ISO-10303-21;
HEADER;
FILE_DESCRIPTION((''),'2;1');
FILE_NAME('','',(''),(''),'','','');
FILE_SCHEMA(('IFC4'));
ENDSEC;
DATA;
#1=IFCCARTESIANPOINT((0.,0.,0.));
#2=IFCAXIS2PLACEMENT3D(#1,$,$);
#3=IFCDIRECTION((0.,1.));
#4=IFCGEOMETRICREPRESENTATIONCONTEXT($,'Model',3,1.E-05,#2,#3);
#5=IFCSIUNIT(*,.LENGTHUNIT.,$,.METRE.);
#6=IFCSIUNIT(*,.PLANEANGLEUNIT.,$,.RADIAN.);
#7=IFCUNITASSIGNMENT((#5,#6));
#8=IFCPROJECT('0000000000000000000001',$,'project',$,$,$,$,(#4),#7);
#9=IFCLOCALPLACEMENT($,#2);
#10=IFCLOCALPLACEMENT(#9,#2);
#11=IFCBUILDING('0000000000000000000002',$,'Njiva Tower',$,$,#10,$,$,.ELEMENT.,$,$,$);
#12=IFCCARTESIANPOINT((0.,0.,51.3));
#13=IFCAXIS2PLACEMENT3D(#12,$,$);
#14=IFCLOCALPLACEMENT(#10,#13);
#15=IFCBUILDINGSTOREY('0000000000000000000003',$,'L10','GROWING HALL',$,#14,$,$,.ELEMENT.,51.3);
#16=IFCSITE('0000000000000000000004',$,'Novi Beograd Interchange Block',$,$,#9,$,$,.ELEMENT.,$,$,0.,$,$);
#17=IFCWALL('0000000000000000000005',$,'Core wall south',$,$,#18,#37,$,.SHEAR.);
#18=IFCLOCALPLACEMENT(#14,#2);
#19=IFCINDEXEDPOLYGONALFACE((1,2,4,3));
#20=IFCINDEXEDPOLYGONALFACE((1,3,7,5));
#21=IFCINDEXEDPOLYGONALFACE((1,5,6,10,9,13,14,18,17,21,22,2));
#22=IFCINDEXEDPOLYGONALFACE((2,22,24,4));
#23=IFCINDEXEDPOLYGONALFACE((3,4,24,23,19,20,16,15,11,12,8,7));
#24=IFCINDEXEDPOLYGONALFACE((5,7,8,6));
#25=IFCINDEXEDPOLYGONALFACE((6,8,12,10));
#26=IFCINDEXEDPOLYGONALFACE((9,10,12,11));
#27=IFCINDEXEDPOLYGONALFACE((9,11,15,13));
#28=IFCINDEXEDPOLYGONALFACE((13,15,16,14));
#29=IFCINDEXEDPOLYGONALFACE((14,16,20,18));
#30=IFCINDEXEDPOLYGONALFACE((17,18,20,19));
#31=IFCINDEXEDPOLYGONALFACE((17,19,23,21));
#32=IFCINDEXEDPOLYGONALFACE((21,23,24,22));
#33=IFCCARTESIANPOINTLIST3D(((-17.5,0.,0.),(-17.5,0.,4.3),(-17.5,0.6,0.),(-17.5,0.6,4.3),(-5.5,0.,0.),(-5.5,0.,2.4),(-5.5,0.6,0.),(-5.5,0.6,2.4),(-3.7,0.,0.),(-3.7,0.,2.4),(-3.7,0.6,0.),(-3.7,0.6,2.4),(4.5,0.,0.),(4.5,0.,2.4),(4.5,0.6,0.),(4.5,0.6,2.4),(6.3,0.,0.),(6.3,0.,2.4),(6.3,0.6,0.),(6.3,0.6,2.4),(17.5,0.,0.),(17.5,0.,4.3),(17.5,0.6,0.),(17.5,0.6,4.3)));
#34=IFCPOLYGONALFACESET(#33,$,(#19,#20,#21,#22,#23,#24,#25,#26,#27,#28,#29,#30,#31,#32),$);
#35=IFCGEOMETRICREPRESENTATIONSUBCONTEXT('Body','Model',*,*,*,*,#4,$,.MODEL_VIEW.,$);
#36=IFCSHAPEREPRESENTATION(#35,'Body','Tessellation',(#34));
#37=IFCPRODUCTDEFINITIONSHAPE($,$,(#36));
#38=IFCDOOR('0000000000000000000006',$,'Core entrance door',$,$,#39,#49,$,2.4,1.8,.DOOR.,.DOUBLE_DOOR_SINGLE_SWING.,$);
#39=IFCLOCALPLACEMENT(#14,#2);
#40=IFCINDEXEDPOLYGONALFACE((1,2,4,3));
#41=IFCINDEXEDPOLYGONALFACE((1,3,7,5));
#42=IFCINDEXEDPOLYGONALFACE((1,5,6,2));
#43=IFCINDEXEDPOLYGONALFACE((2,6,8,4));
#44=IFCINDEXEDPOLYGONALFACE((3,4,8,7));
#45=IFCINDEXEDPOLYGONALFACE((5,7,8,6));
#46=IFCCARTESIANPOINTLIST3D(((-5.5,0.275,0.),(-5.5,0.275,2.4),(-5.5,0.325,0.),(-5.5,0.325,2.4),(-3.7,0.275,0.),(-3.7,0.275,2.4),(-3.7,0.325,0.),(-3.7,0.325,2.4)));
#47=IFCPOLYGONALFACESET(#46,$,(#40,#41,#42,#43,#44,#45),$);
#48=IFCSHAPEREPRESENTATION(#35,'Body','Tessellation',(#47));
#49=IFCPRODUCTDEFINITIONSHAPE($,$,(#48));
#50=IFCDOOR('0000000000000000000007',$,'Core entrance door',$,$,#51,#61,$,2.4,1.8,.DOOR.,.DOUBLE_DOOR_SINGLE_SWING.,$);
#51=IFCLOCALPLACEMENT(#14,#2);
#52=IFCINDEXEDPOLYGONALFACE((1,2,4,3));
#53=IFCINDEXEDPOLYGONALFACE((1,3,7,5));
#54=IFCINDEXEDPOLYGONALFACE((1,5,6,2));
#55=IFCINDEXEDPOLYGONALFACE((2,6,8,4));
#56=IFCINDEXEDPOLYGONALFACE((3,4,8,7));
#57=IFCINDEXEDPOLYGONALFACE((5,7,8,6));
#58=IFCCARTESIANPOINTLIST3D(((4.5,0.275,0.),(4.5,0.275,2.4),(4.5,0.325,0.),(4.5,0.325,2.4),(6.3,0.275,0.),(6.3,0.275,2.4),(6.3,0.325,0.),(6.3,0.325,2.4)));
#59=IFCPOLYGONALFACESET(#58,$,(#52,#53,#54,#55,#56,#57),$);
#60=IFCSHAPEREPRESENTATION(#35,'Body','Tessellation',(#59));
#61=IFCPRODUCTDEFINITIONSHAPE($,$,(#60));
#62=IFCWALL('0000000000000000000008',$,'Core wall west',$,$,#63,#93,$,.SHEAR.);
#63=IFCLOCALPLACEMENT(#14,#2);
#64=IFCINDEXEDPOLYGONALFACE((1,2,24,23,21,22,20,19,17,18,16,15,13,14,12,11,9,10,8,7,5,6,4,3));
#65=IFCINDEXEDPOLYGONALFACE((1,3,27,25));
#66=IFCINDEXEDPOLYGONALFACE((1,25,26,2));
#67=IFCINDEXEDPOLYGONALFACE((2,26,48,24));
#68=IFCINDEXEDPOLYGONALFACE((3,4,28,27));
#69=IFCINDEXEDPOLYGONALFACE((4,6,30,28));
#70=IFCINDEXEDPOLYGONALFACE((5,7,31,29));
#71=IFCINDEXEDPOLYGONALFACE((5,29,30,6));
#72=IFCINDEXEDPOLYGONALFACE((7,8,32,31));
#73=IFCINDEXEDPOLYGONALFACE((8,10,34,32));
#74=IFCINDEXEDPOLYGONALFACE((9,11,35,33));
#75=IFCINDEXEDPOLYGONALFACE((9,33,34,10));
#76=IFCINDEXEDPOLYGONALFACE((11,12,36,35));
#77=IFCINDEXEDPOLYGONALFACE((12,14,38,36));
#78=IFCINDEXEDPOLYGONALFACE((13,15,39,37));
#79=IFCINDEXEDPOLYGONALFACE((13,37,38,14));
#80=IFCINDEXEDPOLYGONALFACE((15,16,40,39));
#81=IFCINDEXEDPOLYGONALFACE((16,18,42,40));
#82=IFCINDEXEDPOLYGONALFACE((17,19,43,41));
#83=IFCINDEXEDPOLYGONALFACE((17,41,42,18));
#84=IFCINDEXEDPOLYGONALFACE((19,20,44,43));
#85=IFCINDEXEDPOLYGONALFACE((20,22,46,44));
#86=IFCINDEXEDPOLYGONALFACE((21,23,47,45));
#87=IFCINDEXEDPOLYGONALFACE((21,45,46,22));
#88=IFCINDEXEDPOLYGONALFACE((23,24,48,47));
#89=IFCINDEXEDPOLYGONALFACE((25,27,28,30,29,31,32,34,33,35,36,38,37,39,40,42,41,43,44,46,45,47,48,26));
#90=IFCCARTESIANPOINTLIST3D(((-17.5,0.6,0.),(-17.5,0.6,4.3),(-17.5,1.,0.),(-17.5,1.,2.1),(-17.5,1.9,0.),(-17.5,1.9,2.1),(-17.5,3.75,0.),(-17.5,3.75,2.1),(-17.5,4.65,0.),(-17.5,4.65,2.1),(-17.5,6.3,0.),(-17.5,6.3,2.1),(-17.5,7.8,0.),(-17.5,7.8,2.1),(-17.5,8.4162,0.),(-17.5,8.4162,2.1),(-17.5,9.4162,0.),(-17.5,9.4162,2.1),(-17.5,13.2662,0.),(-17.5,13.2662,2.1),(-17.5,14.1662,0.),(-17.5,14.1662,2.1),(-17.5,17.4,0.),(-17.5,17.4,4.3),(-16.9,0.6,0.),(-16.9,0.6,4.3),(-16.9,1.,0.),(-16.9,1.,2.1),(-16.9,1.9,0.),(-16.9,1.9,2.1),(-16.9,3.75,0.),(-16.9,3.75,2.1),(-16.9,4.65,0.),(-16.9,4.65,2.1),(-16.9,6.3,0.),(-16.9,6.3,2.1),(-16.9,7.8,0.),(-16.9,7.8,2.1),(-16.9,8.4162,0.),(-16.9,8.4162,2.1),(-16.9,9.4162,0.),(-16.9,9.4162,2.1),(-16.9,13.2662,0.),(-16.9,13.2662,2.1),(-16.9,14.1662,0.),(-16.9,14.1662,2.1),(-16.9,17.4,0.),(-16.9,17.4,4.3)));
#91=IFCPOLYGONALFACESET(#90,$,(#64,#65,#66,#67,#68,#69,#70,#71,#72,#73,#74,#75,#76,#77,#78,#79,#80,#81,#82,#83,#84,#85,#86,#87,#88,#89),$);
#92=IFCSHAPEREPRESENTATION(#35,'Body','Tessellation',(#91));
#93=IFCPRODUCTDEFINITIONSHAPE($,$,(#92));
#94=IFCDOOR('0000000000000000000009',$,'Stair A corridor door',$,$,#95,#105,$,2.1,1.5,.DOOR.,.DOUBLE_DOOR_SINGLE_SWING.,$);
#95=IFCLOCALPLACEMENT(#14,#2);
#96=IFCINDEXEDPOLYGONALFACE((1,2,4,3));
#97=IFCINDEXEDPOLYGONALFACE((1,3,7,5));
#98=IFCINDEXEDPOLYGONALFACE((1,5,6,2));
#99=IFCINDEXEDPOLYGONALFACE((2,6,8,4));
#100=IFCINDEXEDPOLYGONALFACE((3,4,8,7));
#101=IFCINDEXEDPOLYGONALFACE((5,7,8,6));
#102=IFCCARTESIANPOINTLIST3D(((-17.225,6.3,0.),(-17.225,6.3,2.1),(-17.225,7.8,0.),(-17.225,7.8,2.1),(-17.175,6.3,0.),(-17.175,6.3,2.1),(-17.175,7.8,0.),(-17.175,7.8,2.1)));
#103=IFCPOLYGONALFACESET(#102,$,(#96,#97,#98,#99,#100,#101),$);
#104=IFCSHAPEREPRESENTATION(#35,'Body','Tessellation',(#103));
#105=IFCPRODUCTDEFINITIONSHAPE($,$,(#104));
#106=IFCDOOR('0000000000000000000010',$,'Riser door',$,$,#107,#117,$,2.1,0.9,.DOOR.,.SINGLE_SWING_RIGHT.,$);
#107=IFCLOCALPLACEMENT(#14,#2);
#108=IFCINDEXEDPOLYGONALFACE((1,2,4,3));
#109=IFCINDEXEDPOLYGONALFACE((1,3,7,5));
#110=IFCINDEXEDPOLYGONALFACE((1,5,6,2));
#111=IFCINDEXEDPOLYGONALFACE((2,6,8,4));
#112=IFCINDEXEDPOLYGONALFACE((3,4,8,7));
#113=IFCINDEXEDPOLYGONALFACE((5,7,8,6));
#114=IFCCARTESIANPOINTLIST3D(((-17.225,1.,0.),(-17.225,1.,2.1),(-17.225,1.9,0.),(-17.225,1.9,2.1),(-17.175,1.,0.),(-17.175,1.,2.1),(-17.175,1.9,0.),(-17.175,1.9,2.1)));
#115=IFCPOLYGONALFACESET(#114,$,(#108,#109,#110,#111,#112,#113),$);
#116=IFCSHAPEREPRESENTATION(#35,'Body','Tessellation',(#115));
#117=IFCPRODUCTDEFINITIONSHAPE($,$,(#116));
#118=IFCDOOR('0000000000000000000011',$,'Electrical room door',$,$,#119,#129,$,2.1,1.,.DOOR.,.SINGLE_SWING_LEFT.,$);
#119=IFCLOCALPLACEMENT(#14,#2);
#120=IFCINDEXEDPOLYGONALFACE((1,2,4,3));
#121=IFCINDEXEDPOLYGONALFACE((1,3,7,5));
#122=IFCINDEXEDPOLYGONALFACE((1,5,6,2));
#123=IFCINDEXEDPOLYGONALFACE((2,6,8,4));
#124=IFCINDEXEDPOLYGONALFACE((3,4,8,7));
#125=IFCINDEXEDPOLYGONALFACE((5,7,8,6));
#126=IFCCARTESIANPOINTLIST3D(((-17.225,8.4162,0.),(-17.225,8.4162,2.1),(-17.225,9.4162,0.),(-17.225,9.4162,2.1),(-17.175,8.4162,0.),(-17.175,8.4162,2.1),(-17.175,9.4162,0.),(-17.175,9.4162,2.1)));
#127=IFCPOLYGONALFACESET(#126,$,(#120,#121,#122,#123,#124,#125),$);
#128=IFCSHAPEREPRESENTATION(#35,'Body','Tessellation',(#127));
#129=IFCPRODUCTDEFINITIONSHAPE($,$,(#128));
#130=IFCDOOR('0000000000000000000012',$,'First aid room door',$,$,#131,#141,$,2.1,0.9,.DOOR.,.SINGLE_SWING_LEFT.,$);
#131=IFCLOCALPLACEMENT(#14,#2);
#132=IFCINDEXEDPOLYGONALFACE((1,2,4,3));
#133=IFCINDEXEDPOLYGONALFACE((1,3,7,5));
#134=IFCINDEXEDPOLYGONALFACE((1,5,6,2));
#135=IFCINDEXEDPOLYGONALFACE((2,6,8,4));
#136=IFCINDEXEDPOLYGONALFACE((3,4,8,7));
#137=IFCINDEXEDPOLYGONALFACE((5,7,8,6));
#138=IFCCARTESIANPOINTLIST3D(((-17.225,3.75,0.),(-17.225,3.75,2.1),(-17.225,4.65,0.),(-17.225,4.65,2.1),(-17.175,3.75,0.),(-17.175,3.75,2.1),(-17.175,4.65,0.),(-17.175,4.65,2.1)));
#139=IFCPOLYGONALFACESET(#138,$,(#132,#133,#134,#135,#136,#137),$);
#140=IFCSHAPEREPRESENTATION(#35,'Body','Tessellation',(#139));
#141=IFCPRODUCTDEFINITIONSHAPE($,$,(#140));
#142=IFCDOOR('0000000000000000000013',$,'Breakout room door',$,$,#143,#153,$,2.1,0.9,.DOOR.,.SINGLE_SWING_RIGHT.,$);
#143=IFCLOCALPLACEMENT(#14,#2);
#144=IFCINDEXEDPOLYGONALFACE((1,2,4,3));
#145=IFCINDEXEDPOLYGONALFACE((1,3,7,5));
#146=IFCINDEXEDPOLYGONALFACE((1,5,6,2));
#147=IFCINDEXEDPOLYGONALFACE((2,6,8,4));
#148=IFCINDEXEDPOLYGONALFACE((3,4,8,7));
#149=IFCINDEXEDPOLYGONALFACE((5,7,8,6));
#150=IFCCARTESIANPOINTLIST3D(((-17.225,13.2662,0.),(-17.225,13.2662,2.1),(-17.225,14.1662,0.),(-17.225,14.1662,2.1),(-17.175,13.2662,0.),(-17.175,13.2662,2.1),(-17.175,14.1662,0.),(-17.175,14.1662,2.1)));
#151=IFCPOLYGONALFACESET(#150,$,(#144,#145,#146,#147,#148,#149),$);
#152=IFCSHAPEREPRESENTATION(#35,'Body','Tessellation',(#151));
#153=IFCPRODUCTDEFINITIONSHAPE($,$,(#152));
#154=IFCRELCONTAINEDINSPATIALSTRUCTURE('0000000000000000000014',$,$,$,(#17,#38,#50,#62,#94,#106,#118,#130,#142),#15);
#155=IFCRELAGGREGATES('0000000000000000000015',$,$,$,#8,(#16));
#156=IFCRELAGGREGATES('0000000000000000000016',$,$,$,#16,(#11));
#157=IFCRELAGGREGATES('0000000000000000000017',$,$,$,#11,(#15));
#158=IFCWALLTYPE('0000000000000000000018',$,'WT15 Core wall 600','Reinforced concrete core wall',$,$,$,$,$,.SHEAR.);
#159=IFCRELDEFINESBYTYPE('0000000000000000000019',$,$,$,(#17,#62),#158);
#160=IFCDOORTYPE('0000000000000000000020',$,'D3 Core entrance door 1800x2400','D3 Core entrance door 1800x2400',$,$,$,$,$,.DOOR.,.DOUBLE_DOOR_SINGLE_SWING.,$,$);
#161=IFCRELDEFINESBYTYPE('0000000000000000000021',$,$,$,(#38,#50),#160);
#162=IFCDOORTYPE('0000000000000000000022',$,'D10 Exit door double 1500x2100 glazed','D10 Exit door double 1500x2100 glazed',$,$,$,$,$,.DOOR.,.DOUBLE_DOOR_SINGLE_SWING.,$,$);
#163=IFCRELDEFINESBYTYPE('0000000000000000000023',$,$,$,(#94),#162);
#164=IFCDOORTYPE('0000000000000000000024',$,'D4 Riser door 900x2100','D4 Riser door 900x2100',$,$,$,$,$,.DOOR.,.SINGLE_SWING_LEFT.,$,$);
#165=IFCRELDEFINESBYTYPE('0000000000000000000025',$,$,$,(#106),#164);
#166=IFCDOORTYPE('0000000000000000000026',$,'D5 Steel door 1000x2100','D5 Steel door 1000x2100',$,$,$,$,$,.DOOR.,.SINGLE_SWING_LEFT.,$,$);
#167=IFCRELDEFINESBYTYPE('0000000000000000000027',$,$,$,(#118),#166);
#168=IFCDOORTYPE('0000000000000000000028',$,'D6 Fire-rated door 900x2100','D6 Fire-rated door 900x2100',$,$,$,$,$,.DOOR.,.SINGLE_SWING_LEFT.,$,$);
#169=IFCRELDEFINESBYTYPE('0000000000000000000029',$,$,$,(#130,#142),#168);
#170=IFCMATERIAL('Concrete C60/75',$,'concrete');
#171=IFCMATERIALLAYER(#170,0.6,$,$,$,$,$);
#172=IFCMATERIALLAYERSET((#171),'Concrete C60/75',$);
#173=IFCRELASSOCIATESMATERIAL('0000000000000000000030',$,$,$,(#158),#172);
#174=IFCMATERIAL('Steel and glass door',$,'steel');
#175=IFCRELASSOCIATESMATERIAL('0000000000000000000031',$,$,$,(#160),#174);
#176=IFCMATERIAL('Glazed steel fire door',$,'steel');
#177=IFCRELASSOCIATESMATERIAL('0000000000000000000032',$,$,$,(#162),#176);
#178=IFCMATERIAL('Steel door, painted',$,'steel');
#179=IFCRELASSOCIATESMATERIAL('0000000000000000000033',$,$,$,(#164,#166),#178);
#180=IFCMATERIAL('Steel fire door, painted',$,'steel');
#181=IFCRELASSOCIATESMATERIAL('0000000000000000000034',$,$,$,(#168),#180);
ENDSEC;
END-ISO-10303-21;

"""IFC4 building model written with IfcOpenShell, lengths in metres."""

from ifc_helpers import new_model, si_unit, direction, frame, frame_2d, origin, place, context, subcontext, project, spatial, rectangle, extrude, material, layer, layer_set, type_object, element, fill, save


model = new_model("IFC4")

# Units and contexts
model_context = context("Model", 3, precision=1e-05, world=origin(), true_north=direction((0.0, 1.0)))
body_context = subcontext(model_context, "Body", "Model", "MODEL_VIEW")
ifc_project = project(units=[si_unit("LENGTHUNIT", "METRE"), si_unit("PLANEANGLEUNIT", "RADIAN")], contexts=[model_context])

# Site, building, storey
site_placement = place(None, origin())
site = spatial("IfcSite", under=ifc_project, at=site_placement, Name="Novi Beograd Interchange Block", CompositionType="ELEMENT", RefElevation=0.0)
building_placement = place(site_placement, origin())
building = spatial("IfcBuilding", under=site, at=building_placement, Name="Njiva Tower", CompositionType="ELEMENT")
storey_placement = place(building_placement, frame((0.0, 0.0, 51.3)))
storey = spatial("IfcBuildingStorey", under=building, at=storey_placement, Name="L10", Description="GROWING HALL", CompositionType="ELEMENT", Elevation=51.3)

# Walls, openings, doors
ifc_material_1 = material(Name="Concrete C60/75", Category="concrete")
ifc_layer_1 = layer(ifc_material_1, 0.6)
ifc_layer_set_1 = layer_set([ifc_layer_1], Name="Concrete C60/75")
wall_type_1 = type_object("IfcWallType", Name="WT15 Core wall 600", Description="Reinforced concrete core wall", PredefinedType="SHEAR", material=ifc_layer_set_1)
wall_1_placement = place(storey_placement, frame((-17.5, 0.3, 0.0), z_axis=(0.0, 0.0, 1.0), x_axis=(1.0, 0.0, 0.0)))
wall_1 = element("IfcWall", 1, at=wall_1_placement, inside=storey, type_object=wall_type_1, Name="Core wall south", PredefinedType="SHEAR", context=body_context, shape_type="SweptSolid", body=[
    extrude(rectangle(XDim=35.0, YDim=0.6, at=frame_2d((17.5, 0.0))), origin(), (0.0, 0.0, 1.0), 4.3),
])
opening_1_placement = place(wall_1_placement, frame((12.0, 0.0, 0.0)))
opening_1 = element("IfcOpeningElement", 2, at=opening_1_placement, cuts=wall_1, PredefinedType="OPENING", context=body_context, shape_type="SweptSolid", body=[
    extrude(rectangle(XDim=1.8, YDim=2.4, at=frame_2d((0.9, 1.2))), frame((0.0, 0.31, 0.0), z_axis=(0.0, -1.0, 0.0), x_axis=(1.0, 0.0, 0.0)), (0.0, 0.0, 1.0), 0.62),
])
opening_2_placement = place(wall_1_placement, frame((22.0, 0.0, 0.0)))
opening_2 = element("IfcOpeningElement", 3, at=opening_2_placement, cuts=wall_1, PredefinedType="OPENING", context=body_context, shape_type="SweptSolid", body=[
    extrude(rectangle(XDim=1.8, YDim=2.4, at=frame_2d((0.9, 1.2))), frame((0.0, 0.31, 0.0), z_axis=(0.0, -1.0, 0.0), x_axis=(1.0, 0.0, 0.0)), (0.0, 0.0, 1.0), 0.62),
])
ifc_material_2 = material(Name="Steel and glass door", Category="steel")
door_type_1 = type_object("IfcDoorType", Name="D3 Core entrance door 1800x2400", Description="D3 Core entrance door 1800x2400", OperationType="DOUBLE_DOOR_SINGLE_SWING", PredefinedType="DOOR", material=ifc_material_2)
door_1_placement = place(opening_1_placement, origin())
door_1 = element("IfcDoor", 4, at=door_1_placement, inside=storey, type_object=door_type_1, Name="Core entrance door", OperationType="DOUBLE_DOOR_SINGLE_SWING", OverallHeight=2.4, OverallWidth=1.8, PredefinedType="DOOR", context=body_context, shape_type="SweptSolid", body=[
    extrude(rectangle(XDim=1.8, YDim=2.4, at=frame_2d((0.9, 1.2))), frame((0.0, 0.025, 0.0), z_axis=(0.0, -1.0, 0.0), x_axis=(1.0, 0.0, 0.0)), (0.0, 0.0, 1.0), 0.05),
])
fill(opening_1, door_1)
door_2_placement = place(opening_2_placement, origin())
door_2 = element("IfcDoor", 5, at=door_2_placement, inside=storey, type_object=door_type_1, Name="Core entrance door", OperationType="DOUBLE_DOOR_SINGLE_SWING", OverallHeight=2.4, OverallWidth=1.8, PredefinedType="DOOR", context=body_context, shape_type="SweptSolid", body=[
    extrude(rectangle(XDim=1.8, YDim=2.4, at=frame_2d((0.9, 1.2))), frame((0.0, 0.025, 0.0), z_axis=(0.0, -1.0, 0.0), x_axis=(1.0, 0.0, 0.0)), (0.0, 0.0, 1.0), 0.05),
])
fill(opening_2, door_2)
wall_2_placement = place(storey_placement, frame((-17.2, 0.6, 0.0), z_axis=(0.0, 0.0, 1.0), x_axis=(0.0, 1.0, 0.0)))
wall_2 = element("IfcWall", 6, at=wall_2_placement, inside=storey, type_object=wall_type_1, Name="Core wall west", PredefinedType="SHEAR", context=body_context, shape_type="SweptSolid", body=[
    extrude(rectangle(XDim=16.8, YDim=0.6, at=frame_2d((8.4, 0.0))), origin(), (0.0, 0.0, 1.0), 4.3),
])
opening_3_placement = place(wall_2_placement, frame((5.7, 0.0, 0.0)))
opening_3 = element("IfcOpeningElement", 7, at=opening_3_placement, cuts=wall_2, PredefinedType="OPENING", context=body_context, shape_type="SweptSolid", body=[
    extrude(rectangle(XDim=1.5, YDim=2.1, at=frame_2d((0.75, 1.05))), frame((0.0, 0.31, 0.0), z_axis=(0.0, -1.0, 0.0), x_axis=(1.0, 0.0, 0.0)), (0.0, 0.0, 1.0), 0.62),
])
opening_4_placement = place(wall_2_placement, frame((0.4, 0.0, 0.0)))
opening_4 = element("IfcOpeningElement", 8, at=opening_4_placement, cuts=wall_2, PredefinedType="OPENING", context=body_context, shape_type="SweptSolid", body=[
    extrude(rectangle(XDim=0.9, YDim=2.1, at=frame_2d((0.45, 1.05))), frame((0.0, 0.31, 0.0), z_axis=(0.0, -1.0, 0.0), x_axis=(1.0, 0.0, 0.0)), (0.0, 0.0, 1.0), 0.62),
])
opening_5_placement = place(wall_2_placement, frame((3.15, 0.0, 0.0)))
opening_5 = element("IfcOpeningElement", 9, at=opening_5_placement, cuts=wall_2, PredefinedType="OPENING", context=body_context, shape_type="SweptSolid", body=[
    extrude(rectangle(XDim=0.9, YDim=2.1, at=frame_2d((0.45, 1.05))), frame((0.0, 0.31, 0.0), z_axis=(0.0, -1.0, 0.0), x_axis=(1.0, 0.0, 0.0)), (0.0, 0.0, 1.0), 0.62),
])
opening_6_placement = place(wall_2_placement, frame((7.8162, 0.0, 0.0)))
opening_6 = element("IfcOpeningElement", 10, at=opening_6_placement, cuts=wall_2, PredefinedType="OPENING", context=body_context, shape_type="SweptSolid", body=[
    extrude(rectangle(XDim=1.0, YDim=2.1, at=frame_2d((0.5, 1.05))), frame((0.0, 0.31, 0.0), z_axis=(0.0, -1.0, 0.0), x_axis=(1.0, 0.0, 0.0)), (0.0, 0.0, 1.0), 0.62),
])
opening_7_placement = place(wall_2_placement, frame((12.6662, 0.0, 0.0)))
opening_7 = element("IfcOpeningElement", 11, at=opening_7_placement, cuts=wall_2, PredefinedType="OPENING", context=body_context, shape_type="SweptSolid", body=[
    extrude(rectangle(XDim=0.9, YDim=2.1, at=frame_2d((0.45, 1.05))), frame((0.0, 0.31, 0.0), z_axis=(0.0, -1.0, 0.0), x_axis=(1.0, 0.0, 0.0)), (0.0, 0.0, 1.0), 0.62),
])
ifc_material_3 = material(Name="Glazed steel fire door", Category="steel")
door_type_2 = type_object("IfcDoorType", Name="D10 Exit door double 1500x2100 glazed", Description="D10 Exit door double 1500x2100 glazed", OperationType="DOUBLE_DOOR_SINGLE_SWING", PredefinedType="DOOR", material=ifc_material_3)
door_3_placement = place(opening_3_placement, origin())
door_3 = element("IfcDoor", 12, at=door_3_placement, inside=storey, type_object=door_type_2, Name="Stair A corridor door", OperationType="DOUBLE_DOOR_SINGLE_SWING", OverallHeight=2.1, OverallWidth=1.5, PredefinedType="DOOR", context=body_context, shape_type="SweptSolid", body=[
    extrude(rectangle(XDim=1.5, YDim=2.1, at=frame_2d((0.75, 1.05))), frame((0.0, 0.025, 0.0), z_axis=(0.0, -1.0, 0.0), x_axis=(1.0, 0.0, 0.0)), (0.0, 0.0, 1.0), 0.05),
])
fill(opening_3, door_3)
ifc_material_4 = material(Name="Steel door, painted", Category="steel")
door_type_3 = type_object("IfcDoorType", Name="D4 Riser door 900x2100", Description="D4 Riser door 900x2100", OperationType="SINGLE_SWING_LEFT", PredefinedType="DOOR", material=ifc_material_4)
door_4_placement = place(opening_4_placement, origin())
door_4 = element("IfcDoor", 13, at=door_4_placement, inside=storey, type_object=door_type_3, Name="Riser door", OperationType="SINGLE_SWING_RIGHT", OverallHeight=2.1, OverallWidth=0.9, PredefinedType="DOOR", context=body_context, shape_type="SweptSolid", body=[
    extrude(rectangle(XDim=0.9, YDim=2.1, at=frame_2d((0.45, 1.05))), frame((0.0, 0.025, 0.0), z_axis=(0.0, -1.0, 0.0), x_axis=(1.0, 0.0, 0.0)), (0.0, 0.0, 1.0), 0.05),
])
fill(opening_4, door_4)
door_type_4 = type_object("IfcDoorType", Name="D5 Steel door 1000x2100", Description="D5 Steel door 1000x2100", OperationType="SINGLE_SWING_LEFT", PredefinedType="DOOR", material=ifc_material_4)
door_5_placement = place(opening_6_placement, origin())
door_5 = element("IfcDoor", 14, at=door_5_placement, inside=storey, type_object=door_type_4, Name="Electrical room door", OperationType="SINGLE_SWING_LEFT", OverallHeight=2.1, OverallWidth=1.0, PredefinedType="DOOR", context=body_context, shape_type="SweptSolid", body=[
    extrude(rectangle(XDim=1.0, YDim=2.1, at=frame_2d((0.5, 1.05))), frame((0.0, 0.025, 0.0), z_axis=(0.0, -1.0, 0.0), x_axis=(1.0, 0.0, 0.0)), (0.0, 0.0, 1.0), 0.05),
])
fill(opening_6, door_5)
ifc_material_5 = material(Name="Steel fire door, painted", Category="steel")
door_type_5 = type_object("IfcDoorType", Name="D6 Fire-rated door 900x2100", Description="D6 Fire-rated door 900x2100", OperationType="SINGLE_SWING_LEFT", PredefinedType="DOOR", material=ifc_material_5)
door_6_placement = place(opening_5_placement, origin())
door_6 = element("IfcDoor", 15, at=door_6_placement, inside=storey, type_object=door_type_5, Name="First aid room door", OperationType="SINGLE_SWING_LEFT", OverallHeight=2.1, OverallWidth=0.9, PredefinedType="DOOR", context=body_context, shape_type="SweptSolid", body=[
    extrude(rectangle(XDim=0.9, YDim=2.1, at=frame_2d((0.45, 1.05))), frame((0.0, 0.025, 0.0), z_axis=(0.0, -1.0, 0.0), x_axis=(1.0, 0.0, 0.0)), (0.0, 0.0, 1.0), 0.05),
])
fill(opening_5, door_6)
door_7_placement = place(opening_7_placement, origin())
door_7 = element("IfcDoor", 16, at=door_7_placement, inside=storey, type_object=door_type_5, Name="Breakout room door", OperationType="SINGLE_SWING_RIGHT", OverallHeight=2.1, OverallWidth=0.9, PredefinedType="DOOR", context=body_context, shape_type="SweptSolid", body=[
    extrude(rectangle(XDim=0.9, YDim=2.1, at=frame_2d((0.45, 1.05))), frame((0.0, 0.025, 0.0), z_axis=(0.0, -1.0, 0.0), x_axis=(1.0, 0.0, 0.0)), (0.0, 0.0, 1.0), 0.05),
])
fill(opening_7, door_7)

save(model, "model.ifc")
